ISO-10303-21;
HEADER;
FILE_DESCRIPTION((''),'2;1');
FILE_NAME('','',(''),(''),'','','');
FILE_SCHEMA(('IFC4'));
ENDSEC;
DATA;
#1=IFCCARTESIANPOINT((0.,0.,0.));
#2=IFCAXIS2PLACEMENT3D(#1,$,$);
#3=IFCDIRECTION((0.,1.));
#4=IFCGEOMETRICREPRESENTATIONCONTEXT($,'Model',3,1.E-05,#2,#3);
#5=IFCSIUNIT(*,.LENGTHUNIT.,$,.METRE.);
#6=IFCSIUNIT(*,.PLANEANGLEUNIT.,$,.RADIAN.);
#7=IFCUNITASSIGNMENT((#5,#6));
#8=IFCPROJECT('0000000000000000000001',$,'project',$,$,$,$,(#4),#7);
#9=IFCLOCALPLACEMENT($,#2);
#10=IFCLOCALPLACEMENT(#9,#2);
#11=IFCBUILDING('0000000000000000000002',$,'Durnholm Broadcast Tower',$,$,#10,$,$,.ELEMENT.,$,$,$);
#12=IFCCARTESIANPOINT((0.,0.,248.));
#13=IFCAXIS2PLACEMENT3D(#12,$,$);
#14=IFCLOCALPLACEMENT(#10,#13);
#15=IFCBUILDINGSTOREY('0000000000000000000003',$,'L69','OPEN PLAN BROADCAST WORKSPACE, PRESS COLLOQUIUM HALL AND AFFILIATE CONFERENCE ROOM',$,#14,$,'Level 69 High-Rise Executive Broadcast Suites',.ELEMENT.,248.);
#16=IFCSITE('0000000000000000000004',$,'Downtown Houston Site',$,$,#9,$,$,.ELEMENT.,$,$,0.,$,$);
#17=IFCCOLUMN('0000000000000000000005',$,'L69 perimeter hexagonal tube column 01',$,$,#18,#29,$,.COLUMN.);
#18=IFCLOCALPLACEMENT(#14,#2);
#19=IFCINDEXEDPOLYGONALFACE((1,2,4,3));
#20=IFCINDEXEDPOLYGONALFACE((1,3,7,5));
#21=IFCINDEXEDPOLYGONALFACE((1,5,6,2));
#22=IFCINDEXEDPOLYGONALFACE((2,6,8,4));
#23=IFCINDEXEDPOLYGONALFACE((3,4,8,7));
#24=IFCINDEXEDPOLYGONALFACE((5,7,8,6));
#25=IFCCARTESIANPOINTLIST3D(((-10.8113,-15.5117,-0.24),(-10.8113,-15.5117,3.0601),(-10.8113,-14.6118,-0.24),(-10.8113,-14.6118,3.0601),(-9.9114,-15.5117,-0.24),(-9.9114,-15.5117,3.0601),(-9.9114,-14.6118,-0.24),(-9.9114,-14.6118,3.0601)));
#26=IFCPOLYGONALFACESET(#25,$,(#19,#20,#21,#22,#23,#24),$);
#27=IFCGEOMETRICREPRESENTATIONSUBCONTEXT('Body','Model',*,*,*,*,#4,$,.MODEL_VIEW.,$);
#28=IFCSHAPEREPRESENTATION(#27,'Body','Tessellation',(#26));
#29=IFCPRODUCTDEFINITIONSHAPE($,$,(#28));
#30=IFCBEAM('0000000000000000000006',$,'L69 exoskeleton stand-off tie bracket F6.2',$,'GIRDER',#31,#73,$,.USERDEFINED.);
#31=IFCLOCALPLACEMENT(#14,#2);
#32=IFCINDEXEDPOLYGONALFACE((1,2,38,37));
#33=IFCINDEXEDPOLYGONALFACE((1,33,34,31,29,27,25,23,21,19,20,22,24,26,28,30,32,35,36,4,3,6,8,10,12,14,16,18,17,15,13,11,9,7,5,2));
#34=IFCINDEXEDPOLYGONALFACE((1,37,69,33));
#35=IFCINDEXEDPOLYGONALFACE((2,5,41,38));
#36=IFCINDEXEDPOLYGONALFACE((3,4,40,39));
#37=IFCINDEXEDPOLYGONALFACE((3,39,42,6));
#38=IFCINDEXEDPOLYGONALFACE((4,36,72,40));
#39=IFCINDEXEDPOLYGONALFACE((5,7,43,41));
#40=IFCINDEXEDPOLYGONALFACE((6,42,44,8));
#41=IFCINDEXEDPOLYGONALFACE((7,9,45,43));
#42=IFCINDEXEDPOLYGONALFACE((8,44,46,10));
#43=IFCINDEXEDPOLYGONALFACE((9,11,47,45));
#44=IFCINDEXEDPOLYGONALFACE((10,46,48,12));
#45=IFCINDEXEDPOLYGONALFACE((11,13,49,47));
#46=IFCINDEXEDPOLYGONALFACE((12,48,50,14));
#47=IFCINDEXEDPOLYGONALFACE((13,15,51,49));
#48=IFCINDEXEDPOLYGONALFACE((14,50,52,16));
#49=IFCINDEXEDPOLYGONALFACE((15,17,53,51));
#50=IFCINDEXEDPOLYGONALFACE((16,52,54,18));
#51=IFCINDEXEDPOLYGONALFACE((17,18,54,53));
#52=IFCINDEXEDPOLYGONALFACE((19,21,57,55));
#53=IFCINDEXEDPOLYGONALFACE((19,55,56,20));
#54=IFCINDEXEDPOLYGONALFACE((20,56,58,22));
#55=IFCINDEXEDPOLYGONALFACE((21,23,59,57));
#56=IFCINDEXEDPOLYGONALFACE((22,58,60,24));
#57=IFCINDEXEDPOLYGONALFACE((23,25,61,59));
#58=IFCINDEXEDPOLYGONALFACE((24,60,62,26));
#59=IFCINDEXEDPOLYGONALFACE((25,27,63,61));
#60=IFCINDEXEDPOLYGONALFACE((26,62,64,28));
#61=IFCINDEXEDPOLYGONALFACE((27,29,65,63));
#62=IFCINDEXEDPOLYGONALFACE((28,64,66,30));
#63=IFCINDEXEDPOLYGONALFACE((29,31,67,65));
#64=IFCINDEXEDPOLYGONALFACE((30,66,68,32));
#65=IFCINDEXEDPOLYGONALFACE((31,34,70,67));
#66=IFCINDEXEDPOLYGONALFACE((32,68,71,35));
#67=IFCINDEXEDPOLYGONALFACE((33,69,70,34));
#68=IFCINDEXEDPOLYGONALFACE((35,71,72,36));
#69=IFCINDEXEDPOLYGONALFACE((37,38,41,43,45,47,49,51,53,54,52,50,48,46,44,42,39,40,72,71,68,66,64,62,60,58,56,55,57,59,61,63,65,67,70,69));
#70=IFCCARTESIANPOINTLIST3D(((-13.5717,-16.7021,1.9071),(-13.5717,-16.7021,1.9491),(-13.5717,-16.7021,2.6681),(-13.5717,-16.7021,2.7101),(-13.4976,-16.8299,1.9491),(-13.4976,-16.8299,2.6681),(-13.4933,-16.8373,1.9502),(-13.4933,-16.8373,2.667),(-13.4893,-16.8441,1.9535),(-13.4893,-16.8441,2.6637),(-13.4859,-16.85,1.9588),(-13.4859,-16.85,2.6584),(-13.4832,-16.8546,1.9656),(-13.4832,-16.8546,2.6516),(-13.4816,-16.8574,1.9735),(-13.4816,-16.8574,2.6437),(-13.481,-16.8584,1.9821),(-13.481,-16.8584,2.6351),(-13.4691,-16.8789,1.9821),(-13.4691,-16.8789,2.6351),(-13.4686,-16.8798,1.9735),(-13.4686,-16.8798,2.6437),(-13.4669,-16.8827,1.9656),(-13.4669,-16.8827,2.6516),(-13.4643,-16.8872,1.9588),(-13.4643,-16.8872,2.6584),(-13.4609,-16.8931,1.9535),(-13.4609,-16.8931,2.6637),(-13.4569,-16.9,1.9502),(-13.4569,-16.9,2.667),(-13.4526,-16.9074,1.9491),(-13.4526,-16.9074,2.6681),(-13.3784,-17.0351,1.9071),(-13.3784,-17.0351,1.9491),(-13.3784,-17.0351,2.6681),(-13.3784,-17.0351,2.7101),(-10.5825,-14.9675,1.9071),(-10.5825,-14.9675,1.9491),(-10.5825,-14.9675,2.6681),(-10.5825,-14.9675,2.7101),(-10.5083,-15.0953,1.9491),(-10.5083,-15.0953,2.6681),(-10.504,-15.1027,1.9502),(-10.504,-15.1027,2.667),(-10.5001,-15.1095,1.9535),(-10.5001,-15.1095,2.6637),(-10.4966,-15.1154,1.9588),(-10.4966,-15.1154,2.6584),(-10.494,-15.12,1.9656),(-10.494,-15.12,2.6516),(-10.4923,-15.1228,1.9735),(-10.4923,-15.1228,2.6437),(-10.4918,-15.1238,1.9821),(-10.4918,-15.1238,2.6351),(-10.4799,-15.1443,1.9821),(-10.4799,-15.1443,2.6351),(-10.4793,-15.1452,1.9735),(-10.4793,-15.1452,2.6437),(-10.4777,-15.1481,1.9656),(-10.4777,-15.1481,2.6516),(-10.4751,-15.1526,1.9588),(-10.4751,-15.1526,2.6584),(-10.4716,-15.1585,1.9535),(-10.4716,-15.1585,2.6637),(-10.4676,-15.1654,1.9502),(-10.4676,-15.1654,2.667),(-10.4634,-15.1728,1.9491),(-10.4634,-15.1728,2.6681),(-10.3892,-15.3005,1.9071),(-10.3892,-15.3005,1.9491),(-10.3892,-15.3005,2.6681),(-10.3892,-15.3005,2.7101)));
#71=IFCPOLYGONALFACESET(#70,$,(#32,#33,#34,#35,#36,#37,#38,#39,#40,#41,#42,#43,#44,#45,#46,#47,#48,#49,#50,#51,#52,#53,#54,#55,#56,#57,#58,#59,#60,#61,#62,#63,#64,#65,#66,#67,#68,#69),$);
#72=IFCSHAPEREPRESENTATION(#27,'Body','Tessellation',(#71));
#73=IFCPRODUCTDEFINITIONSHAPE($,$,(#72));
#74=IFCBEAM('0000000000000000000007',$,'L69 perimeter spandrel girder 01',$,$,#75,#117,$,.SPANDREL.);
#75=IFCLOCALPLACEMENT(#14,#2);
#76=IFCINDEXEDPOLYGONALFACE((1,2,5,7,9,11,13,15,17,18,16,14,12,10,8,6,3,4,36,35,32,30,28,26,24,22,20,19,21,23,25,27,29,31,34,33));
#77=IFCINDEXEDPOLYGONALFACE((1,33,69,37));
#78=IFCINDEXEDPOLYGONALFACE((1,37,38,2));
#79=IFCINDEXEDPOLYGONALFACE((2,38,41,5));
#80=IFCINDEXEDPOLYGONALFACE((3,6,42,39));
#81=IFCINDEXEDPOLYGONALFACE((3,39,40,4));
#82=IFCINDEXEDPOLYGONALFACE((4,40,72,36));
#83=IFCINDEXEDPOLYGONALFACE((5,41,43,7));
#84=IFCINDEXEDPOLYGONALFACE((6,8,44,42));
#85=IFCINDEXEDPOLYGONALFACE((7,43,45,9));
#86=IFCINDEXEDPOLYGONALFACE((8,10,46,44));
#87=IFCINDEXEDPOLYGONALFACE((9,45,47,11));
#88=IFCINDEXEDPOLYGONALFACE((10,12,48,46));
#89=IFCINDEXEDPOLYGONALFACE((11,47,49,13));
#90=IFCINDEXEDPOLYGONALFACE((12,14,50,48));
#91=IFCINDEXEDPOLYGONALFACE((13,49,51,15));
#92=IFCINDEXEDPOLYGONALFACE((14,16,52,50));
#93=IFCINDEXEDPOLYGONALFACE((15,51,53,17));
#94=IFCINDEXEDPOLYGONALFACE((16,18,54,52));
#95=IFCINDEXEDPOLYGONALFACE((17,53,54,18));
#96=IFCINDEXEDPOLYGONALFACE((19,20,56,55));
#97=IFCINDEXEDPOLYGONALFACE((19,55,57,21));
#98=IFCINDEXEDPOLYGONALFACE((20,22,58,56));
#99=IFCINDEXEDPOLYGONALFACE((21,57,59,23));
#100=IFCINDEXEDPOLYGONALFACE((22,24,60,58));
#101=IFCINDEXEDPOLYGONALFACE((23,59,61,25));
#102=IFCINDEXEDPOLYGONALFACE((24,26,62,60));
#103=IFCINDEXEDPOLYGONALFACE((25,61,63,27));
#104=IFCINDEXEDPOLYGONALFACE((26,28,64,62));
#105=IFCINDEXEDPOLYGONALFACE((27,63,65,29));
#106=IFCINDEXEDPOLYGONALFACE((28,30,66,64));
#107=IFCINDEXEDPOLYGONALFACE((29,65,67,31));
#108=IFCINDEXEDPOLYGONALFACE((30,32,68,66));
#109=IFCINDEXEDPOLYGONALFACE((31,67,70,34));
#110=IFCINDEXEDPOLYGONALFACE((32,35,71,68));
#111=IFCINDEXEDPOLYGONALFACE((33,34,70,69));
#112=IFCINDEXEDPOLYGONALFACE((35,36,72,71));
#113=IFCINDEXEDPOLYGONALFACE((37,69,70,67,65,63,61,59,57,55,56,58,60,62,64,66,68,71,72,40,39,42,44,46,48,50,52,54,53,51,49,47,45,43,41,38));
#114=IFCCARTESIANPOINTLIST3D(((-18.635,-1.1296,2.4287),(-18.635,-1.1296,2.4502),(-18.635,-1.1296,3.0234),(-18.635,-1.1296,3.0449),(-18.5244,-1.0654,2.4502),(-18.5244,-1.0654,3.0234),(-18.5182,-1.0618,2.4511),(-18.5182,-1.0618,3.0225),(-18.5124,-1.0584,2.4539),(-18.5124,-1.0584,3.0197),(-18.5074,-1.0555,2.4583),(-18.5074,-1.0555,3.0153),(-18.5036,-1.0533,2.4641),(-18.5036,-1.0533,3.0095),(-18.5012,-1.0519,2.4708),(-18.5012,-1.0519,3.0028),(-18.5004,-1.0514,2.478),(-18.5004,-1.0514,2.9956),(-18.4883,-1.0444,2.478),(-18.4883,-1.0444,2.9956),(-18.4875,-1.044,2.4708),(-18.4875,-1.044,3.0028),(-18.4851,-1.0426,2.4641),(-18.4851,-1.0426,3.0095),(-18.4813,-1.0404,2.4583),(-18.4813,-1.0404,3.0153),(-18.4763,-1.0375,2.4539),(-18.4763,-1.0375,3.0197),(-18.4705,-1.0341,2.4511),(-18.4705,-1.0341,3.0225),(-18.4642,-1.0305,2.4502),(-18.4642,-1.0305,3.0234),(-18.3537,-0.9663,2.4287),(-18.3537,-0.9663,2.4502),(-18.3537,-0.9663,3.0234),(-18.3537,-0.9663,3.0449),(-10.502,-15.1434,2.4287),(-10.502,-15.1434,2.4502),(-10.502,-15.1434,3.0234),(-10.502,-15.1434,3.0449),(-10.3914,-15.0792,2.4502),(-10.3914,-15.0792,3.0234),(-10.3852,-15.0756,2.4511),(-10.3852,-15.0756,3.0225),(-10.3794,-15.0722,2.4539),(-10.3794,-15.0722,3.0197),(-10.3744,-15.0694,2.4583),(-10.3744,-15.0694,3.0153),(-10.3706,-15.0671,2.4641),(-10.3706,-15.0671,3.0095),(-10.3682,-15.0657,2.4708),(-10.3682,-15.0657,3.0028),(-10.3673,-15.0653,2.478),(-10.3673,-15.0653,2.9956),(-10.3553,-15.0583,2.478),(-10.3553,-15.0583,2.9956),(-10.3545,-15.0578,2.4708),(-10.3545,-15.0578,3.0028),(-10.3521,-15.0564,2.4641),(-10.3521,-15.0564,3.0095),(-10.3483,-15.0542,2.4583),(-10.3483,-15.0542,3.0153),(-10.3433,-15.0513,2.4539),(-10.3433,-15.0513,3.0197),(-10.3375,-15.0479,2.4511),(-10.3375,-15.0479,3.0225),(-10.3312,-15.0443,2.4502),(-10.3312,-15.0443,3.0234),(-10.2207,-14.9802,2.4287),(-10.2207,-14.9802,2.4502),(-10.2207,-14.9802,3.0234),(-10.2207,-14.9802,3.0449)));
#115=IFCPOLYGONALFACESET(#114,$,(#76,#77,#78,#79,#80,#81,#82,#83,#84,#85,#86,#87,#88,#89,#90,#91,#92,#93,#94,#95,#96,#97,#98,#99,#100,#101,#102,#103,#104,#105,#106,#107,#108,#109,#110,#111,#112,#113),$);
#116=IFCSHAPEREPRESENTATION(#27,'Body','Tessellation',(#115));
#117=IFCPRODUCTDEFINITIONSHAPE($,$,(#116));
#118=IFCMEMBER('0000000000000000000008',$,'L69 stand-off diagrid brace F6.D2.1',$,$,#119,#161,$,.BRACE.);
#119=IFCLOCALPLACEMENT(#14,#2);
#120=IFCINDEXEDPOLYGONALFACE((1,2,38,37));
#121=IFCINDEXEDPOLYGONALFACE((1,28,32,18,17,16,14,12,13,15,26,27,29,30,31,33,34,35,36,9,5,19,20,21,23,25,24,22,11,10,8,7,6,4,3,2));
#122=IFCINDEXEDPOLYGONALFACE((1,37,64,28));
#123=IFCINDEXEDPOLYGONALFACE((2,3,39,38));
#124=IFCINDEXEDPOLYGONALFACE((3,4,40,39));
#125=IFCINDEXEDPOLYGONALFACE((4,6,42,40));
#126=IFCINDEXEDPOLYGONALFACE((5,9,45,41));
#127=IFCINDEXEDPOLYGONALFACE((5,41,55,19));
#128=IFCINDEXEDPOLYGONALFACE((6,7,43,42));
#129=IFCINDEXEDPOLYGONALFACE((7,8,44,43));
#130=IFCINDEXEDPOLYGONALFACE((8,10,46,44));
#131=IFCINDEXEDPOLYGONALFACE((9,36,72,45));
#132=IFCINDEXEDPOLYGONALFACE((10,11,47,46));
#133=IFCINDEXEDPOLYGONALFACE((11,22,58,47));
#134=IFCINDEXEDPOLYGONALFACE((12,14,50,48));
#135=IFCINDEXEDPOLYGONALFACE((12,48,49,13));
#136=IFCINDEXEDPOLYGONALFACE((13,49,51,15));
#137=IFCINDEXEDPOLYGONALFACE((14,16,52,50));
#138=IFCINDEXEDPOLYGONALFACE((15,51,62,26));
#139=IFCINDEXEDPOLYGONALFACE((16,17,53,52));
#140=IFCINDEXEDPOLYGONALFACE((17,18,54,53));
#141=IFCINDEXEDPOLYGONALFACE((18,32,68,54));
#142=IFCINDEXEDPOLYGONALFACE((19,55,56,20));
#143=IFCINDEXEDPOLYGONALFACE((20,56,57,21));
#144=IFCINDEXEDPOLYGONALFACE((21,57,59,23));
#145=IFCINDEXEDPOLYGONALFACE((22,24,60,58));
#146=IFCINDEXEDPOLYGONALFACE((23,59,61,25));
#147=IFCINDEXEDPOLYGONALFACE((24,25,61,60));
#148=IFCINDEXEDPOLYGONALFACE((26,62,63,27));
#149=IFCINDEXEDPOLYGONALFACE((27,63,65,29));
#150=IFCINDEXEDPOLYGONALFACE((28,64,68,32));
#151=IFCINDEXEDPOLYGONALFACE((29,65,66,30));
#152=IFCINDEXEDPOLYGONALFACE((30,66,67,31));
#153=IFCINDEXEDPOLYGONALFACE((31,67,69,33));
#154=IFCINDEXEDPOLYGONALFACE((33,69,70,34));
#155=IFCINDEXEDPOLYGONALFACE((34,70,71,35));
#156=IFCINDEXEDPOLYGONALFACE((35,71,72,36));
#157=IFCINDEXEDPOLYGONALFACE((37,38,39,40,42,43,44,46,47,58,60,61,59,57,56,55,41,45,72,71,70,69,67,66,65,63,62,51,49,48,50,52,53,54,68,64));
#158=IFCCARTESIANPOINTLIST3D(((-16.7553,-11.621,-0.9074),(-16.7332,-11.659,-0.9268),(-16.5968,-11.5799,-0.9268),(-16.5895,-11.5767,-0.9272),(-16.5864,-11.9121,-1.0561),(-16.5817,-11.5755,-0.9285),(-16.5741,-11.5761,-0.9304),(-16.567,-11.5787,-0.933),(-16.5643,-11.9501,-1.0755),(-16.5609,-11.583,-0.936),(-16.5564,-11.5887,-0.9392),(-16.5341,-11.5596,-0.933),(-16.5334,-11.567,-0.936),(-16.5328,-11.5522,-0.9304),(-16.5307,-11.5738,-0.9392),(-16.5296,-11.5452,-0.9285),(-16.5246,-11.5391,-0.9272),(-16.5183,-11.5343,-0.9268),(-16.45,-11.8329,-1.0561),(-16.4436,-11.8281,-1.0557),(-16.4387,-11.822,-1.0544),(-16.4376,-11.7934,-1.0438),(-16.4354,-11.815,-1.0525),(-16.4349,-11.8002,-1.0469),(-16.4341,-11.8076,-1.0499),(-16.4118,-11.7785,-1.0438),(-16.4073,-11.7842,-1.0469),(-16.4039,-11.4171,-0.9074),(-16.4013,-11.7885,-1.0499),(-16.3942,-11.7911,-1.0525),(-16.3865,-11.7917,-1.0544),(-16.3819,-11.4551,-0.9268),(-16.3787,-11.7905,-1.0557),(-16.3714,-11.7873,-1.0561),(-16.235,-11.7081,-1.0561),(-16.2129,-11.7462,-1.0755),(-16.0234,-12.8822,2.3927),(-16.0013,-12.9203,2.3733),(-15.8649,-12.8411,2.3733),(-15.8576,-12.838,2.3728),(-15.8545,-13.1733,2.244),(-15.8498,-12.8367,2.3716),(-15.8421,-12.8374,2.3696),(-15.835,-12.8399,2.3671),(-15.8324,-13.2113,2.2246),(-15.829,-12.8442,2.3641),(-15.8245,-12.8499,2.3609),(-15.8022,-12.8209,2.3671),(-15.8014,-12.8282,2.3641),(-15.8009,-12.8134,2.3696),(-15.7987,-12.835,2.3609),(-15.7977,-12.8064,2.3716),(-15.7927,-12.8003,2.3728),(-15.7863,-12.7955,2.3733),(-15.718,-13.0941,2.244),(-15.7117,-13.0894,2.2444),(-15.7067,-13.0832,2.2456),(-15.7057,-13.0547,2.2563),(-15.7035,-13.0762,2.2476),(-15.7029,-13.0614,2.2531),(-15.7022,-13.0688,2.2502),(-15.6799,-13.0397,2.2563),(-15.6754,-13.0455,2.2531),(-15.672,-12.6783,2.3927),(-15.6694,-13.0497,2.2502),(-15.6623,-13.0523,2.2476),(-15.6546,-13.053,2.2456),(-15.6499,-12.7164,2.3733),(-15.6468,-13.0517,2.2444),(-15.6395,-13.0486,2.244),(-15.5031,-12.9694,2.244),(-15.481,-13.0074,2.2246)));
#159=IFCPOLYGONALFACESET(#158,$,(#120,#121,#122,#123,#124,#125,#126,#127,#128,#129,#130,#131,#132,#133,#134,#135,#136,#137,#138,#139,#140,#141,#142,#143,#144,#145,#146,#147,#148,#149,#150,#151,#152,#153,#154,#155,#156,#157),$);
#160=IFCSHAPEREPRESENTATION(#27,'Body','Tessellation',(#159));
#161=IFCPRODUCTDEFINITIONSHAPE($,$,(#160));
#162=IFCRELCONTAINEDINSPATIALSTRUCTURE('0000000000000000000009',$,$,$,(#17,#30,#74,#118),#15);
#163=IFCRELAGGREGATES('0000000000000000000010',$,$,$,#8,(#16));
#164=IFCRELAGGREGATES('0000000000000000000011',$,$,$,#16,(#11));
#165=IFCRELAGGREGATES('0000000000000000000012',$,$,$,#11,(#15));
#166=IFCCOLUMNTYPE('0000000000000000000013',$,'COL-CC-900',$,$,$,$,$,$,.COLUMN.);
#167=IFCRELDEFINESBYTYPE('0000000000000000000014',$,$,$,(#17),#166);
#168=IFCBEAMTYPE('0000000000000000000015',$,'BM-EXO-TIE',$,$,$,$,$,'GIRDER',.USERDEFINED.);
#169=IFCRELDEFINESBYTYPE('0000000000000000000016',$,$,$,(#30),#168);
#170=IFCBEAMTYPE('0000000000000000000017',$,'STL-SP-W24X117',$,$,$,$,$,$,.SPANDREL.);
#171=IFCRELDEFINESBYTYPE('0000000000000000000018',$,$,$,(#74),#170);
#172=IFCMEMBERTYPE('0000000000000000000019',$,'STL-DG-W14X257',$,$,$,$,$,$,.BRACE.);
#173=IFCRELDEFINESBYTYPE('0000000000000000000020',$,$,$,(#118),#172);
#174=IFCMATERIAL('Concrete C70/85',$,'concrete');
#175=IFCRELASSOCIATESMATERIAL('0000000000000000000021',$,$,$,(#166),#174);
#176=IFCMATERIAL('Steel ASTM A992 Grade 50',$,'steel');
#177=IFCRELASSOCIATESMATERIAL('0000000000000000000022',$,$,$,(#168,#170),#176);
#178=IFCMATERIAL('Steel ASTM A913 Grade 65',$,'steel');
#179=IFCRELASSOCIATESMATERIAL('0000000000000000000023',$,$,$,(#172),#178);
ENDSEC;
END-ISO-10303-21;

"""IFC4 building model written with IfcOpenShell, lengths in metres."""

from ifc_helpers import new_model, si_unit, direction, frame, origin, origin_2d, place, context, subcontext, project, spatial, rectangle, i_section, extrude, source, transform, mapped, material, material_profile, profile_set, type_object, type_shapes, element, save


model = new_model("IFC4")

# Units and contexts
model_context = context("Model", 3, precision=1e-05, world=origin(), true_north=direction((0.0, 1.0)))
body_context = subcontext(model_context, "Body", "Model", "MODEL_VIEW")
ifc_project = project(units=[si_unit("LENGTHUNIT", "METRE"), si_unit("PLANEANGLEUNIT", "RADIAN")], contexts=[model_context])

# Site, building, storey
site_placement = place(None, origin())
site = spatial("IfcSite", under=ifc_project, at=site_placement, Name="Downtown Houston Site", CompositionType="ELEMENT", RefElevation=0.0)
building_placement = place(site_placement, origin())
building = spatial("IfcBuilding", under=site, at=building_placement, Name="Durnholm Broadcast Tower", CompositionType="ELEMENT")
storey_placement = place(building_placement, frame((0.0, 0.0, 248.0)))
storey = spatial("IfcBuildingStorey", under=building, at=storey_placement, Name="L69", Description="OPEN PLAN BROADCAST WORKSPACE, PRESS COLLOQUIUM HALL AND AFFILIATE CONFERENCE ROOM", LongName="Level 69 High-Rise Executive Broadcast Suites", CompositionType="ELEMENT", Elevation=248.0)

# Column
ifc_material_1 = material(Name="Concrete C70/85", Category="concrete")
ifc_material_profile_1 = material_profile(ifc_material_1, rectangle(XDim=0.8999, YDim=0.8999, at=origin_2d()), Name="RC900X900")
ifc_profile_set_1 = profile_set([ifc_material_profile_1], Name="Concrete C70/85")
column_type = type_object("IfcColumnType", Name="COL-CC-900", PredefinedType="COLUMN", material=ifc_profile_set_1)
shared_shape_1 = source(origin(), body_context, "Body", "SweptSolid", [
    extrude(rectangle(XDim=0.8999, YDim=0.8999, at=origin_2d()), origin(), (0.0, 0.0, 1.0), 3.3),
])
type_shapes(column_type, [shared_shape_1])
column_placement = place(storey_placement, frame((-10.3613, -15.0618, -0.24), z_axis=(0.0, 0.0, 1.0), x_axis=(1.0, 0.0, 0.0)))
element("IfcColumn", 1, at=column_placement, inside=storey, type_object=column_type, Name="L69 perimeter hexagonal tube column 01", PredefinedType="COLUMN", context=body_context, shape_type="MappedRepresentation", body=[
    mapped(shared_shape_1, transform((0.0, 0.0, 0.0), x_axis=(1.0, 0.0, 0.0), y_axis=(0.0, 1.0, 0.0), z_axis=(0.0, 0.0, 1.0), scale=1.0)),
])

# Beams
ifc_material_2 = material(Name="Steel ASTM A992 Grade 50", Category="steel")
ifc_material_profile_2 = material_profile(ifc_material_2, i_section(OverallWidth=0.385, OverallDepth=0.803, WebThickness=0.0237, FlangeThickness=0.042, FilletRadius=0.033, at=origin_2d()), Name="W30X261")
ifc_profile_set_2 = profile_set([ifc_material_profile_2], Name="Steel ASTM A992 Grade 50")
beam_type_1 = type_object("IfcBeamType", Name="BM-EXO-TIE", ElementType="GIRDER", PredefinedType="USERDEFINED", material=ifc_profile_set_2)
shared_shape_2 = source(origin(), body_context, "Body", "SweptSolid", [
    extrude(i_section(OverallWidth=0.385, OverallDepth=0.803, WebThickness=0.0237, FlangeThickness=0.042, FilletRadius=0.033, at=origin_2d()), origin(), (0.0, 0.0, 1.0), 3.4561),
])
type_shapes(beam_type_1, [shared_shape_2])
beam_1_placement = place(storey_placement, frame((-10.4858, -15.134, 2.3086), z_axis=(-0.864924, -0.501902, 0.0), x_axis=(0.501902, -0.864924, 0.0)))
element("IfcBeam", 2, at=beam_1_placement, inside=storey, type_object=beam_type_1, Name="L69 exoskeleton stand-off tie bracket F6.2", ObjectType="GIRDER", PredefinedType="USERDEFINED", context=body_context, shape_type="MappedRepresentation", body=[
    mapped(shared_shape_2, transform((0.0, 0.0, 0.0), x_axis=(1.0, 0.0, 0.0), y_axis=(0.0, 1.0, 0.0), z_axis=(0.0, 0.0, 1.0), scale=1.0)),
])
ifc_material_profile_3 = material_profile(ifc_material_2, i_section(OverallWidth=0.3252, OverallDepth=0.6162, WebThickness=0.0139, FlangeThickness=0.0215, FilletRadius=0.0278, at=origin_2d()), Name="W24X117")
ifc_profile_set_3 = profile_set([ifc_material_profile_3], Name="Steel ASTM A992 Grade 50")
beam_type_2 = type_object("IfcBeamType", Name="STL-SP-W24X117", PredefinedType="SPANDREL", material=ifc_profile_set_3)
shared_shape_3 = source(origin(), body_context, "Body", "SweptSolid", [
    extrude(i_section(OverallWidth=0.3252, OverallDepth=0.6162, WebThickness=0.0139, FlangeThickness=0.0215, FilletRadius=0.0278, at=origin_2d()), origin(), (0.0, 0.0, 1.0), 16.2029),
])
type_shapes(beam_type_2, [shared_shape_3])
beam_2_placement = place(storey_placement, frame((-10.3613, -15.0618, 2.7368), z_axis=(-0.501948, 0.864898, 0.0), x_axis=(-0.864898, -0.501948, 0.0)))
element("IfcBeam", 3, at=beam_2_placement, inside=storey, type_object=beam_type_2, Name="L69 perimeter spandrel girder 01", PredefinedType="SPANDREL", context=body_context, shape_type="MappedRepresentation", body=[
    mapped(shared_shape_3, transform((0.0, 0.0, 0.0), x_axis=(1.0, 0.0, 0.0), y_axis=(0.0, 1.0, 0.0), z_axis=(0.0, 0.0, 1.0), scale=1.0)),
])

# Member
ifc_material_3 = material(Name="Steel ASTM A913 Grade 65", Category="steel")
ifc_material_profile_4 = material_profile(ifc_material_3, i_section(OverallWidth=0.4062, OverallDepth=0.416, WebThickness=0.0298, FlangeThickness=0.0481, FilletRadius=0.0305, at=origin_2d()), Name="W14X257")
ifc_profile_set_4 = profile_set([ifc_material_profile_4], Name="Steel ASTM A913 Grade 65")
member_type_1 = type_object("IfcMemberType", Name="STL-DG-W14X257", PredefinedType="BRACE", material=ifc_profile_set_4)
shared_shape_4 = source(origin(), body_context, "Body", "SweptSolid", [
    extrude(i_section(OverallWidth=0.4062, OverallDepth=0.416, WebThickness=0.0298, FlangeThickness=0.0481, FilletRadius=0.0305, at=origin_2d()), origin(), (0.0, 0.0, 1.0), 3.6079),
])
type_shapes(member_type_1, [shared_shape_4])
for number, where, z_axis, x_axis, name in (
    (4, (-16.4841, -11.6836, -0.9915), (0.202871, -0.349577, 0.91468), (0.864906, 0.501934, 0.0), "L69 stand-off diagrid brace F6.D2.1"),
):
    element("IfcMember", number, at=place(storey_placement, frame(where, z_axis=z_axis, x_axis=x_axis)), inside=storey, type_object=member_type_1, Name=name, PredefinedType="BRACE", context=body_context, shape_type="MappedRepresentation", body=[
        mapped(shared_shape_4, transform((0.0, 0.0, 0.0), x_axis=(1.0, 0.0, 0.0), y_axis=(0.0, 1.0, 0.0), z_axis=(0.0, 0.0, 1.0), scale=1.0)),
    ])

save(model, "model.ifc")
